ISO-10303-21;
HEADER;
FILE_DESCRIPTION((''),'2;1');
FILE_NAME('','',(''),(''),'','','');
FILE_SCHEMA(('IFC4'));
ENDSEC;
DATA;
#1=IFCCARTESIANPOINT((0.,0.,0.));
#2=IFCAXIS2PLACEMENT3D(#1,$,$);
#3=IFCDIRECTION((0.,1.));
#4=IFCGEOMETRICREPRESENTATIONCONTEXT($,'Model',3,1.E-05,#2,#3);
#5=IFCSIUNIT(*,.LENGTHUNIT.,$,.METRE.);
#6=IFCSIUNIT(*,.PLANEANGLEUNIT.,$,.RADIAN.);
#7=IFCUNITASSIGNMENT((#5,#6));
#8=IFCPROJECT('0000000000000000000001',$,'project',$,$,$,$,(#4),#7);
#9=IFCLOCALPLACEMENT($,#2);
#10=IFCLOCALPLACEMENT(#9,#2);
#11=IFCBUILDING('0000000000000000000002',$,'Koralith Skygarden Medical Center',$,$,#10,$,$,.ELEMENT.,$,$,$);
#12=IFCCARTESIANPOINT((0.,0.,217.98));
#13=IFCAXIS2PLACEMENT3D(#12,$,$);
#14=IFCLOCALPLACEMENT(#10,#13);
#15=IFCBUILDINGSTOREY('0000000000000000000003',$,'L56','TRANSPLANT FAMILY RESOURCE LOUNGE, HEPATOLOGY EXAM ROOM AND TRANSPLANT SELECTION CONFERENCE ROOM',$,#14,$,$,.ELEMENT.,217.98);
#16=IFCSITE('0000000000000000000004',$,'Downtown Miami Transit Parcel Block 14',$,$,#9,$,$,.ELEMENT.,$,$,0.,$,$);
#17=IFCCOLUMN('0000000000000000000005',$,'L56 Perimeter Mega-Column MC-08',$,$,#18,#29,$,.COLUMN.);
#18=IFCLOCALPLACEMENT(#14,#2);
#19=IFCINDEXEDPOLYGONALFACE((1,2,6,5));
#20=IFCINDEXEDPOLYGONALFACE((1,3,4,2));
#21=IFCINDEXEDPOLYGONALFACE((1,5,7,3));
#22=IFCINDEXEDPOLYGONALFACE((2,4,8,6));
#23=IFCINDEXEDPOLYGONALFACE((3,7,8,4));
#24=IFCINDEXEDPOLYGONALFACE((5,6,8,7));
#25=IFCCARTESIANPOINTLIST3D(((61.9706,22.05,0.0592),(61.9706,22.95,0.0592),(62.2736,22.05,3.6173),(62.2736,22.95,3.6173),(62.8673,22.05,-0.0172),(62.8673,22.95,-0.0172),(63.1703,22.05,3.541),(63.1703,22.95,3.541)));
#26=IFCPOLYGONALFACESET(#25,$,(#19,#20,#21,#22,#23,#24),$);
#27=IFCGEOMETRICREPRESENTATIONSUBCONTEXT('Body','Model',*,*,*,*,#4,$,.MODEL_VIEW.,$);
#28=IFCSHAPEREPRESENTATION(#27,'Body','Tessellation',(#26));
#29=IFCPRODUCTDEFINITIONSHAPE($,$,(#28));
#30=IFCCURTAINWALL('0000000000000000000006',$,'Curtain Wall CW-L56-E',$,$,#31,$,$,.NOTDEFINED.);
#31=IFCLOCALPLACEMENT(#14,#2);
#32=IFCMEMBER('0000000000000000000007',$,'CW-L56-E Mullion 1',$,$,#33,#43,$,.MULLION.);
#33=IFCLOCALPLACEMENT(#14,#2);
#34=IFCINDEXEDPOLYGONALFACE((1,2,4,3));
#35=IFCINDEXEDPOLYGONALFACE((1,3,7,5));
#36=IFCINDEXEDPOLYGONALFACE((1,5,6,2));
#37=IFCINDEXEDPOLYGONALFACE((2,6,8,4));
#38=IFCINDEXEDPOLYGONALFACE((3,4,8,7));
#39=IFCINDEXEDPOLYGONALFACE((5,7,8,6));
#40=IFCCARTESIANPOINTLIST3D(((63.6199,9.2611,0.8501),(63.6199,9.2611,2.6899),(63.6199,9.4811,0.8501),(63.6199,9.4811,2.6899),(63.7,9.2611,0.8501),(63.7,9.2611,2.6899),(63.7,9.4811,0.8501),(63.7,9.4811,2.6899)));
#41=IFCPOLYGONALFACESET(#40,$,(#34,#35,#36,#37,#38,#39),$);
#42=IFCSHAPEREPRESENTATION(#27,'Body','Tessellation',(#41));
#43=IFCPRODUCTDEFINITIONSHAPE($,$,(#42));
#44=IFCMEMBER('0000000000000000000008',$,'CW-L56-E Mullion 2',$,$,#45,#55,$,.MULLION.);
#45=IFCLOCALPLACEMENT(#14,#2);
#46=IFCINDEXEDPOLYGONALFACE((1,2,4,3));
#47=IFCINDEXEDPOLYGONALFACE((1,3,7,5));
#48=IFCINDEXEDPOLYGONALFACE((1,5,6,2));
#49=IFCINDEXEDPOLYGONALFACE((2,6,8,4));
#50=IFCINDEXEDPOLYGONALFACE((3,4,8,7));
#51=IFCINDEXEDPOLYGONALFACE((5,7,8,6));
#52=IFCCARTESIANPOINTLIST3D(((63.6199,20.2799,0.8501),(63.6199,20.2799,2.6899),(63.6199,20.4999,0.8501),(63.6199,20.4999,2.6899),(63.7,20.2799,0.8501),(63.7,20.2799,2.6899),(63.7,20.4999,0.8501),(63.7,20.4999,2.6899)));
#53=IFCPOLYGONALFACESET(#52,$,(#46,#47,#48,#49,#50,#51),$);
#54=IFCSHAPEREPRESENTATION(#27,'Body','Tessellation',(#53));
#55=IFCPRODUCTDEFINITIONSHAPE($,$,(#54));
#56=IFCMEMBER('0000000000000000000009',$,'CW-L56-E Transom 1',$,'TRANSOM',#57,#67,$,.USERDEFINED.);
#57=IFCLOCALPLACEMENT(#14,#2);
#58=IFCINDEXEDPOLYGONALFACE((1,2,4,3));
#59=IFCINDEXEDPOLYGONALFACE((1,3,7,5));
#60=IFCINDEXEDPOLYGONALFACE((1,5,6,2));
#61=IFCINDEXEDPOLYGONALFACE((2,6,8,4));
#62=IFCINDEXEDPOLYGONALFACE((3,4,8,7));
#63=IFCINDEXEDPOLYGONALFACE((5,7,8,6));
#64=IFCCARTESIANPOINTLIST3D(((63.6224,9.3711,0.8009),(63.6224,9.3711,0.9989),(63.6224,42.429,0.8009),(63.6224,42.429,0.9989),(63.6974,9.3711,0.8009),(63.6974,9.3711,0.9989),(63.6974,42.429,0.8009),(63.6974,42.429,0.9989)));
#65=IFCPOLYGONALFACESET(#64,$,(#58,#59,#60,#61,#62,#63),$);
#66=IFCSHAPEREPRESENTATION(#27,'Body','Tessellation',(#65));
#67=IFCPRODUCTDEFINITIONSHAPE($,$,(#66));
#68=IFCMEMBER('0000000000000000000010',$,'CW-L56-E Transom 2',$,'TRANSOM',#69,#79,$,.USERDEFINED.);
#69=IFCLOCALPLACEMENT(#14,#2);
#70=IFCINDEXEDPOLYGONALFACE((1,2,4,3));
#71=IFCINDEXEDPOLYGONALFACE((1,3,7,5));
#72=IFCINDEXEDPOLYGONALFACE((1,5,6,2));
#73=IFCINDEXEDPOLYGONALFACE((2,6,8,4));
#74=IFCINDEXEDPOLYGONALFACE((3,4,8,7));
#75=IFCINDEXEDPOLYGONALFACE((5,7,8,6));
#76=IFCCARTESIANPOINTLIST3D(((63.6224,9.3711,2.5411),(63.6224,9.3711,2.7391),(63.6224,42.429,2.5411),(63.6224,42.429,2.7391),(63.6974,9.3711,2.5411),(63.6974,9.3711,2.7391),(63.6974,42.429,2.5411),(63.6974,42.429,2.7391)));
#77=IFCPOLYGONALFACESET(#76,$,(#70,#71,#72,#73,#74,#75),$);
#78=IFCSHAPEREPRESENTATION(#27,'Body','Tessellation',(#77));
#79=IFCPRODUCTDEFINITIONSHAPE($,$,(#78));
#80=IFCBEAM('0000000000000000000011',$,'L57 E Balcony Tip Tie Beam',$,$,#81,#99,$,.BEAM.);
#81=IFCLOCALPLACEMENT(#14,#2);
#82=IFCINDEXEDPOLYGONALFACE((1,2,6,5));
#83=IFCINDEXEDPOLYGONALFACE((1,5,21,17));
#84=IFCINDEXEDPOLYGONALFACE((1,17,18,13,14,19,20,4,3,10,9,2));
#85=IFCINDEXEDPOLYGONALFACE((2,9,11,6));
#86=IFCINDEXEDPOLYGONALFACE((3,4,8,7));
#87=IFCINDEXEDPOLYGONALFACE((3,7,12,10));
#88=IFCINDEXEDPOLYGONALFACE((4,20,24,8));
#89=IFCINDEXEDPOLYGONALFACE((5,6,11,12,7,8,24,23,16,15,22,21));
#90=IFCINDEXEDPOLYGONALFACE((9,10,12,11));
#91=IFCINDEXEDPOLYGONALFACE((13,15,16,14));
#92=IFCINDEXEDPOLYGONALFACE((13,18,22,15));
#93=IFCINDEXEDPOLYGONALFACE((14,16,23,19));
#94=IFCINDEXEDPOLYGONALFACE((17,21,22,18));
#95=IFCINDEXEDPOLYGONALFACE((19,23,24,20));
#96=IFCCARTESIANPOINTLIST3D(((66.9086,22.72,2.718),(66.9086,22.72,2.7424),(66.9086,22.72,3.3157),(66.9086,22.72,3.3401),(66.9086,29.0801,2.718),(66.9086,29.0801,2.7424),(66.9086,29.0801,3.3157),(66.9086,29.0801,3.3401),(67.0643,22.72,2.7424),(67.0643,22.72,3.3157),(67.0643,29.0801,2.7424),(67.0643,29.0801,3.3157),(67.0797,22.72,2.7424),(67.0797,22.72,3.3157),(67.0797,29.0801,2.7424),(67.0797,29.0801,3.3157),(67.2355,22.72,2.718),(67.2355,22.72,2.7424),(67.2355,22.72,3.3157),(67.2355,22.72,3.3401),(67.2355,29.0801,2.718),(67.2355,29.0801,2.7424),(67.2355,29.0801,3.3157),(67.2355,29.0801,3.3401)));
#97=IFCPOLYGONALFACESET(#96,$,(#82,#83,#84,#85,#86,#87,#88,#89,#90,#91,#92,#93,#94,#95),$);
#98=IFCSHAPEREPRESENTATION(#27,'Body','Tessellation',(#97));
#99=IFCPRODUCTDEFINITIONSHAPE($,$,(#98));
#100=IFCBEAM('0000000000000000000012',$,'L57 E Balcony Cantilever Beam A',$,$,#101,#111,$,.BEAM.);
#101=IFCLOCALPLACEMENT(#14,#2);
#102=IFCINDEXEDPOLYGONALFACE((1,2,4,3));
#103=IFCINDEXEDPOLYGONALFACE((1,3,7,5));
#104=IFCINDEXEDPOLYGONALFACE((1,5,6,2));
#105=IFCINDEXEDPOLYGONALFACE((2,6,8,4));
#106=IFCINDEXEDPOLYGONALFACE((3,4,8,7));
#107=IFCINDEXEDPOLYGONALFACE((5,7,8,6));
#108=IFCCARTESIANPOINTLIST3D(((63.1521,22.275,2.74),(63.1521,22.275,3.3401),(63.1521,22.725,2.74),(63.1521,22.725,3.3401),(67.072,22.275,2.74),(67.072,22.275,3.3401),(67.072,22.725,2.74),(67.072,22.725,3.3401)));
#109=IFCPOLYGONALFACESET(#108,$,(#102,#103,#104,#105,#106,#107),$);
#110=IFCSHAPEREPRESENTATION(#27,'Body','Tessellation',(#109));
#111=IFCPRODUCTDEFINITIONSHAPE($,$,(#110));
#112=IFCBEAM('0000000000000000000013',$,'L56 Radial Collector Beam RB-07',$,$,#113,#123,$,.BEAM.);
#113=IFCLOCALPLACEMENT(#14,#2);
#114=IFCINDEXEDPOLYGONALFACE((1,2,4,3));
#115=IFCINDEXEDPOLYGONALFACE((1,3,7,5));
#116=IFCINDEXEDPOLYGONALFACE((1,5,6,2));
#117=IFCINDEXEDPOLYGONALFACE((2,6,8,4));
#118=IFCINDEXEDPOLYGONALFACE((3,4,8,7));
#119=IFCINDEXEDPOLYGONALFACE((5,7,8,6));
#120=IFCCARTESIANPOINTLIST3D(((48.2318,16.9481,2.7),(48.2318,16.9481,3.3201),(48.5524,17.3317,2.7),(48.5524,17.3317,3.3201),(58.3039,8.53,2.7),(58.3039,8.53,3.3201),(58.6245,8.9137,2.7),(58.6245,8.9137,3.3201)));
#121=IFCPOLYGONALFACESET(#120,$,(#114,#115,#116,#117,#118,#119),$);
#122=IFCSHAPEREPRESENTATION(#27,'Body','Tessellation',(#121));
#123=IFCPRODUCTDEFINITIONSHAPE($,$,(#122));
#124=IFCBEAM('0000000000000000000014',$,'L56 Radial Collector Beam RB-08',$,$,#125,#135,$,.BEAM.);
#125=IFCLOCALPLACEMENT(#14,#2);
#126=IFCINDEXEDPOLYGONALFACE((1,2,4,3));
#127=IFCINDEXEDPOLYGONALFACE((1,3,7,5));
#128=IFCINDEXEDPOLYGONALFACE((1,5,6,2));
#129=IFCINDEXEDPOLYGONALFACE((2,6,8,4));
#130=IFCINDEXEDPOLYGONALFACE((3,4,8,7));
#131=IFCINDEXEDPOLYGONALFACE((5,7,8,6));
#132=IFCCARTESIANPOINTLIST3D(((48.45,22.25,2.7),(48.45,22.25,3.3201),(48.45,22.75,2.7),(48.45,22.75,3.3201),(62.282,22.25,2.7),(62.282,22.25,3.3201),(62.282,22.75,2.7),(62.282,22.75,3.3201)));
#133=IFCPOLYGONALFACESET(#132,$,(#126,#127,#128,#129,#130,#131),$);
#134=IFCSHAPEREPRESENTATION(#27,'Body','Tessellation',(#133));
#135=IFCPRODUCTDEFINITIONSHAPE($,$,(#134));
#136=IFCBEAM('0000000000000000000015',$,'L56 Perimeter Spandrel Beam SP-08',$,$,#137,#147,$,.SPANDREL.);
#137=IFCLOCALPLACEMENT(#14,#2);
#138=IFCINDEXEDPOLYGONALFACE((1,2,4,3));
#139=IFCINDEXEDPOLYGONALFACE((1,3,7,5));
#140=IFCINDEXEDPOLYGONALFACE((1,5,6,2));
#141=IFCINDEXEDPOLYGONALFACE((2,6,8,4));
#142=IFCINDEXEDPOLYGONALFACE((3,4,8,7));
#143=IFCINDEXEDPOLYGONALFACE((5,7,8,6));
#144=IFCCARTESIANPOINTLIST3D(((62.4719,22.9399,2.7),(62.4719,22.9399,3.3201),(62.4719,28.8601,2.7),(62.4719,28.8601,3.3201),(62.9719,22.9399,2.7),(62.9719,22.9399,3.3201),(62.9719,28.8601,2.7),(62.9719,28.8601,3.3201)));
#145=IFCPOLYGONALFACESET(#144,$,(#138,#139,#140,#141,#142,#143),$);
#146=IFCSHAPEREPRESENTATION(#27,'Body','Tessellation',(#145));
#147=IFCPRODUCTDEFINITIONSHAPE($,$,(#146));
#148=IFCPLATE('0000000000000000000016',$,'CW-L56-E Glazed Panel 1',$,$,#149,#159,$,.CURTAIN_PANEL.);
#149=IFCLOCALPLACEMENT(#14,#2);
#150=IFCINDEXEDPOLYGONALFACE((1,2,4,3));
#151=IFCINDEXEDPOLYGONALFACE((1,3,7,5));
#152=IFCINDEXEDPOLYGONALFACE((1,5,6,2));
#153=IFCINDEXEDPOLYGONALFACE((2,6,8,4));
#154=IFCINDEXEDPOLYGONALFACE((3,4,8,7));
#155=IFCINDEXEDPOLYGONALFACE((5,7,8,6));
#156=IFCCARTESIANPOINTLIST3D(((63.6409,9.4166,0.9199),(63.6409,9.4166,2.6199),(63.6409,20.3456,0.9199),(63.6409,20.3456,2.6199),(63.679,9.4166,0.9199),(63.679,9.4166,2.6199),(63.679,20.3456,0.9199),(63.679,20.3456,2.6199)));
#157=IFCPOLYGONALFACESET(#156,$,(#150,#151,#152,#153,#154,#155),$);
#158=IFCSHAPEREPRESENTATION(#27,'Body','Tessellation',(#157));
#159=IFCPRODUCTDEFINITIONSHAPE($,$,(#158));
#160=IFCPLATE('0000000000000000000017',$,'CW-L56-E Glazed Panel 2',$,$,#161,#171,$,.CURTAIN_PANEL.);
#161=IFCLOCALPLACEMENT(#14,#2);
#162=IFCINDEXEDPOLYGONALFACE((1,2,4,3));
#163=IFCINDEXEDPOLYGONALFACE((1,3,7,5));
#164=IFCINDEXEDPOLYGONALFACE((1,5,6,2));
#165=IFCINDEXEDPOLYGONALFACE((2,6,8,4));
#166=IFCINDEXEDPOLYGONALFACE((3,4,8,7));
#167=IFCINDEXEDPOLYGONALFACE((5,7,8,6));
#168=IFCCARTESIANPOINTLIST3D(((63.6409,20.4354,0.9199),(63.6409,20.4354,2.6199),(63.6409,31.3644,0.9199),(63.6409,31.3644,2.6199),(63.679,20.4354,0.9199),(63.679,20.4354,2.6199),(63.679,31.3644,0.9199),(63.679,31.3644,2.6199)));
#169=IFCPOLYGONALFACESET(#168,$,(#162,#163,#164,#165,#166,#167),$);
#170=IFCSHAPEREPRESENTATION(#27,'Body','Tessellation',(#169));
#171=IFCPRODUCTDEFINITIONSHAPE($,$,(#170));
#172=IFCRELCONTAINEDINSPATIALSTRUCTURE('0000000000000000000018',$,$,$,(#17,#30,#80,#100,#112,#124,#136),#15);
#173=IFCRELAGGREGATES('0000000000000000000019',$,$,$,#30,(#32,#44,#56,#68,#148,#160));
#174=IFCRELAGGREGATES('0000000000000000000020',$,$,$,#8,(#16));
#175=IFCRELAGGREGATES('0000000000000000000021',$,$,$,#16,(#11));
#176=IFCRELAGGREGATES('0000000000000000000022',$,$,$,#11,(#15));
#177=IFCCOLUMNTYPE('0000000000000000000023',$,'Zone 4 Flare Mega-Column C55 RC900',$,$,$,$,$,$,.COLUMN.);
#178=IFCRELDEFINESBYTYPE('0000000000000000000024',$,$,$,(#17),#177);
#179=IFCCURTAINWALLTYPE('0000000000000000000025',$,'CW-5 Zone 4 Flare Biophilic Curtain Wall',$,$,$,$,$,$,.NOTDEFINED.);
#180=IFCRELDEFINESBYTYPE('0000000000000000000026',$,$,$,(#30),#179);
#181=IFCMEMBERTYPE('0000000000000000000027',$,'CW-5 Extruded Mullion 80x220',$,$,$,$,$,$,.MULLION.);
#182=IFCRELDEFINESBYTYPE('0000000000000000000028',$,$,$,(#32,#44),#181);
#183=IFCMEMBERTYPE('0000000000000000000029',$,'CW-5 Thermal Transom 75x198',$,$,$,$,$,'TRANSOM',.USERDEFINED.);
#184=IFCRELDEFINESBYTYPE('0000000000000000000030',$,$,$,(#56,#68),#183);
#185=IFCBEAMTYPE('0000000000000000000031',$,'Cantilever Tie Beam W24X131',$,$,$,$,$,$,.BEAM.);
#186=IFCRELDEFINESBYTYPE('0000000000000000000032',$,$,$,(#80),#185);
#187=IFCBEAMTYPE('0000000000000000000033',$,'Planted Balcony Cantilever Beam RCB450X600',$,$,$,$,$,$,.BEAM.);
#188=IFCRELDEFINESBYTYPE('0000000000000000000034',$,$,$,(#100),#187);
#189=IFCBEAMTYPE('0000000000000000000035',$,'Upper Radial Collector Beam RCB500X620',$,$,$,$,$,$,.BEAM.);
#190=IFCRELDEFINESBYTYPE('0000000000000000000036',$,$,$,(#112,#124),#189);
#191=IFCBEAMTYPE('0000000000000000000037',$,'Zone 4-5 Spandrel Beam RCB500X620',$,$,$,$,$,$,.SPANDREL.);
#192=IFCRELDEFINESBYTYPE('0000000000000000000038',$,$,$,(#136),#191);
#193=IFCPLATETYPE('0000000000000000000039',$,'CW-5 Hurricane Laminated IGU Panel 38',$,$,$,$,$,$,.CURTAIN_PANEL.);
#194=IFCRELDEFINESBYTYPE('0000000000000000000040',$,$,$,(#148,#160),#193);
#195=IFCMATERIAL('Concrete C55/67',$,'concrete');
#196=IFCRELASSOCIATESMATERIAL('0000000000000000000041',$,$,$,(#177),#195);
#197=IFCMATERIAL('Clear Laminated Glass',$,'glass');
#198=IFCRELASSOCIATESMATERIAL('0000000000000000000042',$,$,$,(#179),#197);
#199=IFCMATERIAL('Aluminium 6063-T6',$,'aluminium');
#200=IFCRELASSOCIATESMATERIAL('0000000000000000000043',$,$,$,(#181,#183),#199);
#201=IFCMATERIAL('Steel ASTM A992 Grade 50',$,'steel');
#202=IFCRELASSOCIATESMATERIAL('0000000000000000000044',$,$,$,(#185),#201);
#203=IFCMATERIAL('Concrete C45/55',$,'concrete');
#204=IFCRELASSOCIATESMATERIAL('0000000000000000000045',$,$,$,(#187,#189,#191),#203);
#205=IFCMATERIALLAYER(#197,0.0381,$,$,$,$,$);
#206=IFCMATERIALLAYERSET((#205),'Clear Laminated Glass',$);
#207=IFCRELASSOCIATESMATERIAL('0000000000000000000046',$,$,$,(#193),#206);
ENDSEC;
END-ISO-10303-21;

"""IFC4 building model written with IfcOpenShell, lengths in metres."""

from ifc_helpers import new_model, si_unit, direction, frame, origin, origin_2d, place, context, subcontext, project, spatial, rectangle, i_section, extrude, material, layer, layer_set, material_profile, profile_set, type_object, element, aggregate, save


model = new_model("IFC4")

# Units and contexts
model_context = context("Model", 3, precision=1e-05, world=origin(), true_north=direction((0.0, 1.0)))
body_context = subcontext(model_context, "Body", "Model", "MODEL_VIEW")
ifc_project = project(units=[si_unit("LENGTHUNIT", "METRE"), si_unit("PLANEANGLEUNIT", "RADIAN")], contexts=[model_context])

# Site, building, storey
site_placement = place(None, origin())
site = spatial("IfcSite", under=ifc_project, at=site_placement, Name="Downtown Miami Transit Parcel Block 14", CompositionType="ELEMENT", RefElevation=0.0)
building_placement = place(site_placement, origin())
building = spatial("IfcBuilding", under=site, at=building_placement, Name="Koralith Skygarden Medical Center", CompositionType="ELEMENT")
storey_placement = place(building_placement, frame((0.0, 0.0, 217.98)))
storey = spatial("IfcBuildingStorey", under=building, at=storey_placement, Name="L56", Description="TRANSPLANT FAMILY RESOURCE LOUNGE, HEPATOLOGY EXAM ROOM AND TRANSPLANT SELECTION CONFERENCE ROOM", CompositionType="ELEMENT", Elevation=217.98)

# Column
ifc_material_1 = material(Name="Concrete C55/67", Category="concrete")
ifc_material_profile_1 = material_profile(ifc_material_1, rectangle(XDim=0.8999, YDim=0.8999, at=origin_2d()), Name="RC900X900")
ifc_profile_set_1 = profile_set([ifc_material_profile_1], Name="Concrete C55/67")
column_type = type_object("IfcColumnType", Name="Zone 4 Flare Mega-Column C55 RC900", PredefinedType="COLUMN", material=ifc_profile_set_1)
column_placement = place(storey_placement, frame((62.4189, 22.5, 0.021), z_axis=(0.084845, 0.0, 0.996394), x_axis=(0.0, 1.0, 0.0)))
element("IfcColumn", 1, at=column_placement, inside=storey, type_object=column_type, Name="L56 Perimeter Mega-Column MC-08", PredefinedType="COLUMN", context=body_context, shape_type="SweptSolid", body=[
    extrude(rectangle(XDim=0.8999, YDim=0.8999, at=origin_2d()), origin(), (0.0, 0.0, 1.0), 3.571),
])

# Curtain wall, members
ifc_material_2 = material(Name="Clear Laminated Glass", Category="glass")
curtain_wall_type = type_object("IfcCurtainWallType", Name="CW-5 Zone 4 Flare Biophilic Curtain Wall", PredefinedType="NOTDEFINED", material=ifc_material_2)
curtain_wall_placement = place(storey_placement, origin())
curtain_wall = element("IfcCurtainWall", 2, at=curtain_wall_placement, inside=storey, type_object=curtain_wall_type, Name="Curtain Wall CW-L56-E", PredefinedType="NOTDEFINED")
ifc_material_3 = material(Name="Aluminium 6063-T6", Category="aluminium")
ifc_material_profile_2 = material_profile(ifc_material_3, rectangle(XDim=0.0801, YDim=0.22, at=origin_2d()), Name="MUL80X220")
ifc_profile_set_2 = profile_set([ifc_material_profile_2], Name="Aluminium 6063-T6")
member_type_1 = type_object("IfcMemberType", Name="CW-5 Extruded Mullion 80x220", PredefinedType="MULLION", material=ifc_profile_set_2)
member_1_placement = place(storey_placement, frame((63.6599, 9.3711, 0.8501), z_axis=(0.0, 0.0, 1.0), x_axis=(1.0, 0.0, 0.0)))
member_1 = element("IfcMember", 3, at=member_1_placement, type_object=member_type_1, Name="CW-L56-E Mullion 1", PredefinedType="MULLION", context=body_context, shape_type="SweptSolid", body=[
    extrude(rectangle(XDim=0.0801, YDim=0.22, at=origin_2d()), origin(), (0.0, 0.0, 1.0), 1.8398),
])
member_2_placement = place(storey_placement, frame((63.6599, 20.3899, 0.8501), z_axis=(0.0, 0.0, 1.0), x_axis=(1.0, 0.0, 0.0)))
member_2 = element("IfcMember", 4, at=member_2_placement, type_object=member_type_1, Name="CW-L56-E Mullion 2", PredefinedType="MULLION", context=body_context, shape_type="SweptSolid", body=[
    extrude(rectangle(XDim=0.0801, YDim=0.22, at=origin_2d()), origin(), (0.0, 0.0, 1.0), 1.8398),
])
ifc_material_profile_3 = material_profile(ifc_material_3, rectangle(XDim=0.075, YDim=0.198, at=origin_2d()), Name="TRN75X198")
ifc_profile_set_3 = profile_set([ifc_material_profile_3], Name="Aluminium 6063-T6")
member_type_2 = type_object("IfcMemberType", Name="CW-5 Thermal Transom 75x198", ElementType="TRANSOM", PredefinedType="USERDEFINED", material=ifc_profile_set_3)
member_3_placement = place(storey_placement, frame((63.6599, 9.3711, 0.8999), z_axis=(0.0, 1.0, 0.0), x_axis=(-1.0, 0.0, 0.0)))
member_3 = element("IfcMember", 5, at=member_3_placement, type_object=member_type_2, Name="CW-L56-E Transom 1", ObjectType="TRANSOM", PredefinedType="USERDEFINED", context=body_context, shape_type="SweptSolid", body=[
    extrude(rectangle(XDim=0.075, YDim=0.198, at=origin_2d()), origin(), (0.0, 0.0, 1.0), 33.0579),
])
member_4_placement = place(storey_placement, frame((63.6599, 9.3711, 2.6401), z_axis=(0.0, 1.0, 0.0), x_axis=(-1.0, 0.0, 0.0)))
member_4 = element("IfcMember", 6, at=member_4_placement, type_object=member_type_2, Name="CW-L56-E Transom 2", ObjectType="TRANSOM", PredefinedType="USERDEFINED", context=body_context, shape_type="SweptSolid", body=[
    extrude(rectangle(XDim=0.075, YDim=0.198, at=origin_2d()), origin(), (0.0, 0.0, 1.0), 33.0579),
])

# Beams
ifc_material_4 = material(Name="Steel ASTM A992 Grade 50", Category="steel")
ifc_material_profile_4 = material_profile(ifc_material_4, i_section(OverallWidth=0.3269, OverallDepth=0.6221, WebThickness=0.0154, FlangeThickness=0.0244, at=origin_2d()), Name="W24X131")
ifc_profile_set_4 = profile_set([ifc_material_profile_4], Name="Steel ASTM A992 Grade 50")
beam_type_1 = type_object("IfcBeamType", Name="Cantilever Tie Beam W24X131", PredefinedType="BEAM", material=ifc_profile_set_4)
beam_1_placement = place(storey_placement, frame((67.072, 22.72, 3.0291), z_axis=(0.0, 1.0, 0.0), x_axis=(-1.0, 0.0, 0.0)))
element("IfcBeam", 7, at=beam_1_placement, inside=storey, type_object=beam_type_1, Name="L57 E Balcony Tip Tie Beam", PredefinedType="BEAM", context=body_context, shape_type="SweptSolid", body=[
    extrude(i_section(OverallWidth=0.3269, OverallDepth=0.6221, WebThickness=0.0154, FlangeThickness=0.0244, at=origin_2d()), origin(), (0.0, 0.0, 1.0), 6.3601),
])
ifc_material_5 = material(Name="Concrete C45/55", Category="concrete")
ifc_material_profile_5 = material_profile(ifc_material_5, rectangle(XDim=0.45, YDim=0.6001, at=origin_2d()), Name="RCB450X600")
ifc_profile_set_5 = profile_set([ifc_material_profile_5], Name="Concrete C45/55")
beam_type_2 = type_object("IfcBeamType", Name="Planted Balcony Cantilever Beam RCB450X600", PredefinedType="BEAM", material=ifc_profile_set_5)
beam_2_placement = place(storey_placement, frame((63.1521, 22.5, 3.04), z_axis=(1.0, 0.0, 0.0), x_axis=(0.0, 1.0, 0.0)))
element("IfcBeam", 8, at=beam_2_placement, inside=storey, type_object=beam_type_2, Name="L57 E Balcony Cantilever Beam A", PredefinedType="BEAM", context=body_context, shape_type="SweptSolid", body=[
    extrude(rectangle(XDim=0.45, YDim=0.6001, at=origin_2d()), origin(), (0.0, 0.0, 1.0), 3.9199),
])
ifc_material_profile_6 = material_profile(ifc_material_5, rectangle(XDim=0.5, YDim=0.6201, at=origin_2d()), Name="RCB500X620")
ifc_profile_set_6 = profile_set([ifc_material_profile_6], Name="Concrete C45/55")
beam_type_3 = type_object("IfcBeamType", Name="Upper Radial Collector Beam RCB500X620", PredefinedType="BEAM", material=ifc_profile_set_6)
beam_3_placement = place(storey_placement, frame((48.3921, 17.1399, 3.01), z_axis=(0.767298, -0.641291, 0.0), x_axis=(0.641291, 0.767298, 0.0)))
element("IfcBeam", 9, at=beam_3_placement, inside=storey, type_object=beam_type_3, Name="L56 Radial Collector Beam RB-07", PredefinedType="BEAM", context=body_context, shape_type="SweptSolid", body=[
    extrude(rectangle(XDim=0.5, YDim=0.6201, at=origin_2d()), origin(), (0.0, 0.0, 1.0), 13.1267),
])
beam_4_placement = place(storey_placement, frame((48.45, 22.5, 3.01), z_axis=(1.0, 0.0, 0.0), x_axis=(0.0, 1.0, 0.0)))
element("IfcBeam", 10, at=beam_4_placement, inside=storey, type_object=beam_type_3, Name="L56 Radial Collector Beam RB-08", PredefinedType="BEAM", context=body_context, shape_type="SweptSolid", body=[
    extrude(rectangle(XDim=0.5, YDim=0.6201, at=origin_2d()), origin(), (0.0, 0.0, 1.0), 13.832),
])
ifc_material_profile_7 = material_profile(ifc_material_5, rectangle(XDim=0.5, YDim=0.6201, at=origin_2d()), Name="RCB500X620")
ifc_profile_set_7 = profile_set([ifc_material_profile_7], Name="Concrete C45/55")
beam_type_4 = type_object("IfcBeamType", Name="Zone 4-5 Spandrel Beam RCB500X620", PredefinedType="SPANDREL", material=ifc_profile_set_7)
beam_5_placement = place(storey_placement, frame((62.7219, 22.9399, 3.01), z_axis=(0.0, 1.0, 0.0), x_axis=(-1.0, 0.0, 0.0)))
element("IfcBeam", 11, at=beam_5_placement, inside=storey, type_object=beam_type_4, Name="L56 Perimeter Spandrel Beam SP-08", PredefinedType="SPANDREL", context=body_context, shape_type="SweptSolid", body=[
    extrude(rectangle(XDim=0.5, YDim=0.6201, at=origin_2d()), origin(), (0.0, 0.0, 1.0), 5.9202),
])

# Plates
ifc_layer_1 = layer(ifc_material_2, 0.0381)
ifc_layer_set_1 = layer_set([ifc_layer_1], Name="Clear Laminated Glass")
plate_type = type_object("IfcPlateType", Name="CW-5 Hurricane Laminated IGU Panel 38", PredefinedType="CURTAIN_PANEL", material=ifc_layer_set_1)
plate_1_placement = place(storey_placement, frame((63.6599, 14.8811, 0.9199), z_axis=(0.0, 0.0, 1.0), x_axis=(0.0, 1.0, 0.0)))
plate_1 = element("IfcPlate", 12, at=plate_1_placement, type_object=plate_type, Name="CW-L56-E Glazed Panel 1", PredefinedType="CURTAIN_PANEL", context=body_context, shape_type="SweptSolid", body=[
    extrude(rectangle(XDim=10.929, YDim=0.0381, at=origin_2d()), origin(), (0.0, 0.0, 1.0), 1.7),
])
plate_2_placement = place(storey_placement, frame((63.6599, 25.8999, 0.9199), z_axis=(0.0, 0.0, 1.0), x_axis=(0.0, 1.0, 0.0)))
plate_2 = element("IfcPlate", 13, at=plate_2_placement, type_object=plate_type, Name="CW-L56-E Glazed Panel 2", PredefinedType="CURTAIN_PANEL", context=body_context, shape_type="SweptSolid", body=[
    extrude(rectangle(XDim=10.929, YDim=0.0381, at=origin_2d()), origin(), (0.0, 0.0, 1.0), 1.7),
])
aggregate(curtain_wall, [member_1, member_2, member_3, member_4, plate_1, plate_2])

save(model, "model.ifc")
